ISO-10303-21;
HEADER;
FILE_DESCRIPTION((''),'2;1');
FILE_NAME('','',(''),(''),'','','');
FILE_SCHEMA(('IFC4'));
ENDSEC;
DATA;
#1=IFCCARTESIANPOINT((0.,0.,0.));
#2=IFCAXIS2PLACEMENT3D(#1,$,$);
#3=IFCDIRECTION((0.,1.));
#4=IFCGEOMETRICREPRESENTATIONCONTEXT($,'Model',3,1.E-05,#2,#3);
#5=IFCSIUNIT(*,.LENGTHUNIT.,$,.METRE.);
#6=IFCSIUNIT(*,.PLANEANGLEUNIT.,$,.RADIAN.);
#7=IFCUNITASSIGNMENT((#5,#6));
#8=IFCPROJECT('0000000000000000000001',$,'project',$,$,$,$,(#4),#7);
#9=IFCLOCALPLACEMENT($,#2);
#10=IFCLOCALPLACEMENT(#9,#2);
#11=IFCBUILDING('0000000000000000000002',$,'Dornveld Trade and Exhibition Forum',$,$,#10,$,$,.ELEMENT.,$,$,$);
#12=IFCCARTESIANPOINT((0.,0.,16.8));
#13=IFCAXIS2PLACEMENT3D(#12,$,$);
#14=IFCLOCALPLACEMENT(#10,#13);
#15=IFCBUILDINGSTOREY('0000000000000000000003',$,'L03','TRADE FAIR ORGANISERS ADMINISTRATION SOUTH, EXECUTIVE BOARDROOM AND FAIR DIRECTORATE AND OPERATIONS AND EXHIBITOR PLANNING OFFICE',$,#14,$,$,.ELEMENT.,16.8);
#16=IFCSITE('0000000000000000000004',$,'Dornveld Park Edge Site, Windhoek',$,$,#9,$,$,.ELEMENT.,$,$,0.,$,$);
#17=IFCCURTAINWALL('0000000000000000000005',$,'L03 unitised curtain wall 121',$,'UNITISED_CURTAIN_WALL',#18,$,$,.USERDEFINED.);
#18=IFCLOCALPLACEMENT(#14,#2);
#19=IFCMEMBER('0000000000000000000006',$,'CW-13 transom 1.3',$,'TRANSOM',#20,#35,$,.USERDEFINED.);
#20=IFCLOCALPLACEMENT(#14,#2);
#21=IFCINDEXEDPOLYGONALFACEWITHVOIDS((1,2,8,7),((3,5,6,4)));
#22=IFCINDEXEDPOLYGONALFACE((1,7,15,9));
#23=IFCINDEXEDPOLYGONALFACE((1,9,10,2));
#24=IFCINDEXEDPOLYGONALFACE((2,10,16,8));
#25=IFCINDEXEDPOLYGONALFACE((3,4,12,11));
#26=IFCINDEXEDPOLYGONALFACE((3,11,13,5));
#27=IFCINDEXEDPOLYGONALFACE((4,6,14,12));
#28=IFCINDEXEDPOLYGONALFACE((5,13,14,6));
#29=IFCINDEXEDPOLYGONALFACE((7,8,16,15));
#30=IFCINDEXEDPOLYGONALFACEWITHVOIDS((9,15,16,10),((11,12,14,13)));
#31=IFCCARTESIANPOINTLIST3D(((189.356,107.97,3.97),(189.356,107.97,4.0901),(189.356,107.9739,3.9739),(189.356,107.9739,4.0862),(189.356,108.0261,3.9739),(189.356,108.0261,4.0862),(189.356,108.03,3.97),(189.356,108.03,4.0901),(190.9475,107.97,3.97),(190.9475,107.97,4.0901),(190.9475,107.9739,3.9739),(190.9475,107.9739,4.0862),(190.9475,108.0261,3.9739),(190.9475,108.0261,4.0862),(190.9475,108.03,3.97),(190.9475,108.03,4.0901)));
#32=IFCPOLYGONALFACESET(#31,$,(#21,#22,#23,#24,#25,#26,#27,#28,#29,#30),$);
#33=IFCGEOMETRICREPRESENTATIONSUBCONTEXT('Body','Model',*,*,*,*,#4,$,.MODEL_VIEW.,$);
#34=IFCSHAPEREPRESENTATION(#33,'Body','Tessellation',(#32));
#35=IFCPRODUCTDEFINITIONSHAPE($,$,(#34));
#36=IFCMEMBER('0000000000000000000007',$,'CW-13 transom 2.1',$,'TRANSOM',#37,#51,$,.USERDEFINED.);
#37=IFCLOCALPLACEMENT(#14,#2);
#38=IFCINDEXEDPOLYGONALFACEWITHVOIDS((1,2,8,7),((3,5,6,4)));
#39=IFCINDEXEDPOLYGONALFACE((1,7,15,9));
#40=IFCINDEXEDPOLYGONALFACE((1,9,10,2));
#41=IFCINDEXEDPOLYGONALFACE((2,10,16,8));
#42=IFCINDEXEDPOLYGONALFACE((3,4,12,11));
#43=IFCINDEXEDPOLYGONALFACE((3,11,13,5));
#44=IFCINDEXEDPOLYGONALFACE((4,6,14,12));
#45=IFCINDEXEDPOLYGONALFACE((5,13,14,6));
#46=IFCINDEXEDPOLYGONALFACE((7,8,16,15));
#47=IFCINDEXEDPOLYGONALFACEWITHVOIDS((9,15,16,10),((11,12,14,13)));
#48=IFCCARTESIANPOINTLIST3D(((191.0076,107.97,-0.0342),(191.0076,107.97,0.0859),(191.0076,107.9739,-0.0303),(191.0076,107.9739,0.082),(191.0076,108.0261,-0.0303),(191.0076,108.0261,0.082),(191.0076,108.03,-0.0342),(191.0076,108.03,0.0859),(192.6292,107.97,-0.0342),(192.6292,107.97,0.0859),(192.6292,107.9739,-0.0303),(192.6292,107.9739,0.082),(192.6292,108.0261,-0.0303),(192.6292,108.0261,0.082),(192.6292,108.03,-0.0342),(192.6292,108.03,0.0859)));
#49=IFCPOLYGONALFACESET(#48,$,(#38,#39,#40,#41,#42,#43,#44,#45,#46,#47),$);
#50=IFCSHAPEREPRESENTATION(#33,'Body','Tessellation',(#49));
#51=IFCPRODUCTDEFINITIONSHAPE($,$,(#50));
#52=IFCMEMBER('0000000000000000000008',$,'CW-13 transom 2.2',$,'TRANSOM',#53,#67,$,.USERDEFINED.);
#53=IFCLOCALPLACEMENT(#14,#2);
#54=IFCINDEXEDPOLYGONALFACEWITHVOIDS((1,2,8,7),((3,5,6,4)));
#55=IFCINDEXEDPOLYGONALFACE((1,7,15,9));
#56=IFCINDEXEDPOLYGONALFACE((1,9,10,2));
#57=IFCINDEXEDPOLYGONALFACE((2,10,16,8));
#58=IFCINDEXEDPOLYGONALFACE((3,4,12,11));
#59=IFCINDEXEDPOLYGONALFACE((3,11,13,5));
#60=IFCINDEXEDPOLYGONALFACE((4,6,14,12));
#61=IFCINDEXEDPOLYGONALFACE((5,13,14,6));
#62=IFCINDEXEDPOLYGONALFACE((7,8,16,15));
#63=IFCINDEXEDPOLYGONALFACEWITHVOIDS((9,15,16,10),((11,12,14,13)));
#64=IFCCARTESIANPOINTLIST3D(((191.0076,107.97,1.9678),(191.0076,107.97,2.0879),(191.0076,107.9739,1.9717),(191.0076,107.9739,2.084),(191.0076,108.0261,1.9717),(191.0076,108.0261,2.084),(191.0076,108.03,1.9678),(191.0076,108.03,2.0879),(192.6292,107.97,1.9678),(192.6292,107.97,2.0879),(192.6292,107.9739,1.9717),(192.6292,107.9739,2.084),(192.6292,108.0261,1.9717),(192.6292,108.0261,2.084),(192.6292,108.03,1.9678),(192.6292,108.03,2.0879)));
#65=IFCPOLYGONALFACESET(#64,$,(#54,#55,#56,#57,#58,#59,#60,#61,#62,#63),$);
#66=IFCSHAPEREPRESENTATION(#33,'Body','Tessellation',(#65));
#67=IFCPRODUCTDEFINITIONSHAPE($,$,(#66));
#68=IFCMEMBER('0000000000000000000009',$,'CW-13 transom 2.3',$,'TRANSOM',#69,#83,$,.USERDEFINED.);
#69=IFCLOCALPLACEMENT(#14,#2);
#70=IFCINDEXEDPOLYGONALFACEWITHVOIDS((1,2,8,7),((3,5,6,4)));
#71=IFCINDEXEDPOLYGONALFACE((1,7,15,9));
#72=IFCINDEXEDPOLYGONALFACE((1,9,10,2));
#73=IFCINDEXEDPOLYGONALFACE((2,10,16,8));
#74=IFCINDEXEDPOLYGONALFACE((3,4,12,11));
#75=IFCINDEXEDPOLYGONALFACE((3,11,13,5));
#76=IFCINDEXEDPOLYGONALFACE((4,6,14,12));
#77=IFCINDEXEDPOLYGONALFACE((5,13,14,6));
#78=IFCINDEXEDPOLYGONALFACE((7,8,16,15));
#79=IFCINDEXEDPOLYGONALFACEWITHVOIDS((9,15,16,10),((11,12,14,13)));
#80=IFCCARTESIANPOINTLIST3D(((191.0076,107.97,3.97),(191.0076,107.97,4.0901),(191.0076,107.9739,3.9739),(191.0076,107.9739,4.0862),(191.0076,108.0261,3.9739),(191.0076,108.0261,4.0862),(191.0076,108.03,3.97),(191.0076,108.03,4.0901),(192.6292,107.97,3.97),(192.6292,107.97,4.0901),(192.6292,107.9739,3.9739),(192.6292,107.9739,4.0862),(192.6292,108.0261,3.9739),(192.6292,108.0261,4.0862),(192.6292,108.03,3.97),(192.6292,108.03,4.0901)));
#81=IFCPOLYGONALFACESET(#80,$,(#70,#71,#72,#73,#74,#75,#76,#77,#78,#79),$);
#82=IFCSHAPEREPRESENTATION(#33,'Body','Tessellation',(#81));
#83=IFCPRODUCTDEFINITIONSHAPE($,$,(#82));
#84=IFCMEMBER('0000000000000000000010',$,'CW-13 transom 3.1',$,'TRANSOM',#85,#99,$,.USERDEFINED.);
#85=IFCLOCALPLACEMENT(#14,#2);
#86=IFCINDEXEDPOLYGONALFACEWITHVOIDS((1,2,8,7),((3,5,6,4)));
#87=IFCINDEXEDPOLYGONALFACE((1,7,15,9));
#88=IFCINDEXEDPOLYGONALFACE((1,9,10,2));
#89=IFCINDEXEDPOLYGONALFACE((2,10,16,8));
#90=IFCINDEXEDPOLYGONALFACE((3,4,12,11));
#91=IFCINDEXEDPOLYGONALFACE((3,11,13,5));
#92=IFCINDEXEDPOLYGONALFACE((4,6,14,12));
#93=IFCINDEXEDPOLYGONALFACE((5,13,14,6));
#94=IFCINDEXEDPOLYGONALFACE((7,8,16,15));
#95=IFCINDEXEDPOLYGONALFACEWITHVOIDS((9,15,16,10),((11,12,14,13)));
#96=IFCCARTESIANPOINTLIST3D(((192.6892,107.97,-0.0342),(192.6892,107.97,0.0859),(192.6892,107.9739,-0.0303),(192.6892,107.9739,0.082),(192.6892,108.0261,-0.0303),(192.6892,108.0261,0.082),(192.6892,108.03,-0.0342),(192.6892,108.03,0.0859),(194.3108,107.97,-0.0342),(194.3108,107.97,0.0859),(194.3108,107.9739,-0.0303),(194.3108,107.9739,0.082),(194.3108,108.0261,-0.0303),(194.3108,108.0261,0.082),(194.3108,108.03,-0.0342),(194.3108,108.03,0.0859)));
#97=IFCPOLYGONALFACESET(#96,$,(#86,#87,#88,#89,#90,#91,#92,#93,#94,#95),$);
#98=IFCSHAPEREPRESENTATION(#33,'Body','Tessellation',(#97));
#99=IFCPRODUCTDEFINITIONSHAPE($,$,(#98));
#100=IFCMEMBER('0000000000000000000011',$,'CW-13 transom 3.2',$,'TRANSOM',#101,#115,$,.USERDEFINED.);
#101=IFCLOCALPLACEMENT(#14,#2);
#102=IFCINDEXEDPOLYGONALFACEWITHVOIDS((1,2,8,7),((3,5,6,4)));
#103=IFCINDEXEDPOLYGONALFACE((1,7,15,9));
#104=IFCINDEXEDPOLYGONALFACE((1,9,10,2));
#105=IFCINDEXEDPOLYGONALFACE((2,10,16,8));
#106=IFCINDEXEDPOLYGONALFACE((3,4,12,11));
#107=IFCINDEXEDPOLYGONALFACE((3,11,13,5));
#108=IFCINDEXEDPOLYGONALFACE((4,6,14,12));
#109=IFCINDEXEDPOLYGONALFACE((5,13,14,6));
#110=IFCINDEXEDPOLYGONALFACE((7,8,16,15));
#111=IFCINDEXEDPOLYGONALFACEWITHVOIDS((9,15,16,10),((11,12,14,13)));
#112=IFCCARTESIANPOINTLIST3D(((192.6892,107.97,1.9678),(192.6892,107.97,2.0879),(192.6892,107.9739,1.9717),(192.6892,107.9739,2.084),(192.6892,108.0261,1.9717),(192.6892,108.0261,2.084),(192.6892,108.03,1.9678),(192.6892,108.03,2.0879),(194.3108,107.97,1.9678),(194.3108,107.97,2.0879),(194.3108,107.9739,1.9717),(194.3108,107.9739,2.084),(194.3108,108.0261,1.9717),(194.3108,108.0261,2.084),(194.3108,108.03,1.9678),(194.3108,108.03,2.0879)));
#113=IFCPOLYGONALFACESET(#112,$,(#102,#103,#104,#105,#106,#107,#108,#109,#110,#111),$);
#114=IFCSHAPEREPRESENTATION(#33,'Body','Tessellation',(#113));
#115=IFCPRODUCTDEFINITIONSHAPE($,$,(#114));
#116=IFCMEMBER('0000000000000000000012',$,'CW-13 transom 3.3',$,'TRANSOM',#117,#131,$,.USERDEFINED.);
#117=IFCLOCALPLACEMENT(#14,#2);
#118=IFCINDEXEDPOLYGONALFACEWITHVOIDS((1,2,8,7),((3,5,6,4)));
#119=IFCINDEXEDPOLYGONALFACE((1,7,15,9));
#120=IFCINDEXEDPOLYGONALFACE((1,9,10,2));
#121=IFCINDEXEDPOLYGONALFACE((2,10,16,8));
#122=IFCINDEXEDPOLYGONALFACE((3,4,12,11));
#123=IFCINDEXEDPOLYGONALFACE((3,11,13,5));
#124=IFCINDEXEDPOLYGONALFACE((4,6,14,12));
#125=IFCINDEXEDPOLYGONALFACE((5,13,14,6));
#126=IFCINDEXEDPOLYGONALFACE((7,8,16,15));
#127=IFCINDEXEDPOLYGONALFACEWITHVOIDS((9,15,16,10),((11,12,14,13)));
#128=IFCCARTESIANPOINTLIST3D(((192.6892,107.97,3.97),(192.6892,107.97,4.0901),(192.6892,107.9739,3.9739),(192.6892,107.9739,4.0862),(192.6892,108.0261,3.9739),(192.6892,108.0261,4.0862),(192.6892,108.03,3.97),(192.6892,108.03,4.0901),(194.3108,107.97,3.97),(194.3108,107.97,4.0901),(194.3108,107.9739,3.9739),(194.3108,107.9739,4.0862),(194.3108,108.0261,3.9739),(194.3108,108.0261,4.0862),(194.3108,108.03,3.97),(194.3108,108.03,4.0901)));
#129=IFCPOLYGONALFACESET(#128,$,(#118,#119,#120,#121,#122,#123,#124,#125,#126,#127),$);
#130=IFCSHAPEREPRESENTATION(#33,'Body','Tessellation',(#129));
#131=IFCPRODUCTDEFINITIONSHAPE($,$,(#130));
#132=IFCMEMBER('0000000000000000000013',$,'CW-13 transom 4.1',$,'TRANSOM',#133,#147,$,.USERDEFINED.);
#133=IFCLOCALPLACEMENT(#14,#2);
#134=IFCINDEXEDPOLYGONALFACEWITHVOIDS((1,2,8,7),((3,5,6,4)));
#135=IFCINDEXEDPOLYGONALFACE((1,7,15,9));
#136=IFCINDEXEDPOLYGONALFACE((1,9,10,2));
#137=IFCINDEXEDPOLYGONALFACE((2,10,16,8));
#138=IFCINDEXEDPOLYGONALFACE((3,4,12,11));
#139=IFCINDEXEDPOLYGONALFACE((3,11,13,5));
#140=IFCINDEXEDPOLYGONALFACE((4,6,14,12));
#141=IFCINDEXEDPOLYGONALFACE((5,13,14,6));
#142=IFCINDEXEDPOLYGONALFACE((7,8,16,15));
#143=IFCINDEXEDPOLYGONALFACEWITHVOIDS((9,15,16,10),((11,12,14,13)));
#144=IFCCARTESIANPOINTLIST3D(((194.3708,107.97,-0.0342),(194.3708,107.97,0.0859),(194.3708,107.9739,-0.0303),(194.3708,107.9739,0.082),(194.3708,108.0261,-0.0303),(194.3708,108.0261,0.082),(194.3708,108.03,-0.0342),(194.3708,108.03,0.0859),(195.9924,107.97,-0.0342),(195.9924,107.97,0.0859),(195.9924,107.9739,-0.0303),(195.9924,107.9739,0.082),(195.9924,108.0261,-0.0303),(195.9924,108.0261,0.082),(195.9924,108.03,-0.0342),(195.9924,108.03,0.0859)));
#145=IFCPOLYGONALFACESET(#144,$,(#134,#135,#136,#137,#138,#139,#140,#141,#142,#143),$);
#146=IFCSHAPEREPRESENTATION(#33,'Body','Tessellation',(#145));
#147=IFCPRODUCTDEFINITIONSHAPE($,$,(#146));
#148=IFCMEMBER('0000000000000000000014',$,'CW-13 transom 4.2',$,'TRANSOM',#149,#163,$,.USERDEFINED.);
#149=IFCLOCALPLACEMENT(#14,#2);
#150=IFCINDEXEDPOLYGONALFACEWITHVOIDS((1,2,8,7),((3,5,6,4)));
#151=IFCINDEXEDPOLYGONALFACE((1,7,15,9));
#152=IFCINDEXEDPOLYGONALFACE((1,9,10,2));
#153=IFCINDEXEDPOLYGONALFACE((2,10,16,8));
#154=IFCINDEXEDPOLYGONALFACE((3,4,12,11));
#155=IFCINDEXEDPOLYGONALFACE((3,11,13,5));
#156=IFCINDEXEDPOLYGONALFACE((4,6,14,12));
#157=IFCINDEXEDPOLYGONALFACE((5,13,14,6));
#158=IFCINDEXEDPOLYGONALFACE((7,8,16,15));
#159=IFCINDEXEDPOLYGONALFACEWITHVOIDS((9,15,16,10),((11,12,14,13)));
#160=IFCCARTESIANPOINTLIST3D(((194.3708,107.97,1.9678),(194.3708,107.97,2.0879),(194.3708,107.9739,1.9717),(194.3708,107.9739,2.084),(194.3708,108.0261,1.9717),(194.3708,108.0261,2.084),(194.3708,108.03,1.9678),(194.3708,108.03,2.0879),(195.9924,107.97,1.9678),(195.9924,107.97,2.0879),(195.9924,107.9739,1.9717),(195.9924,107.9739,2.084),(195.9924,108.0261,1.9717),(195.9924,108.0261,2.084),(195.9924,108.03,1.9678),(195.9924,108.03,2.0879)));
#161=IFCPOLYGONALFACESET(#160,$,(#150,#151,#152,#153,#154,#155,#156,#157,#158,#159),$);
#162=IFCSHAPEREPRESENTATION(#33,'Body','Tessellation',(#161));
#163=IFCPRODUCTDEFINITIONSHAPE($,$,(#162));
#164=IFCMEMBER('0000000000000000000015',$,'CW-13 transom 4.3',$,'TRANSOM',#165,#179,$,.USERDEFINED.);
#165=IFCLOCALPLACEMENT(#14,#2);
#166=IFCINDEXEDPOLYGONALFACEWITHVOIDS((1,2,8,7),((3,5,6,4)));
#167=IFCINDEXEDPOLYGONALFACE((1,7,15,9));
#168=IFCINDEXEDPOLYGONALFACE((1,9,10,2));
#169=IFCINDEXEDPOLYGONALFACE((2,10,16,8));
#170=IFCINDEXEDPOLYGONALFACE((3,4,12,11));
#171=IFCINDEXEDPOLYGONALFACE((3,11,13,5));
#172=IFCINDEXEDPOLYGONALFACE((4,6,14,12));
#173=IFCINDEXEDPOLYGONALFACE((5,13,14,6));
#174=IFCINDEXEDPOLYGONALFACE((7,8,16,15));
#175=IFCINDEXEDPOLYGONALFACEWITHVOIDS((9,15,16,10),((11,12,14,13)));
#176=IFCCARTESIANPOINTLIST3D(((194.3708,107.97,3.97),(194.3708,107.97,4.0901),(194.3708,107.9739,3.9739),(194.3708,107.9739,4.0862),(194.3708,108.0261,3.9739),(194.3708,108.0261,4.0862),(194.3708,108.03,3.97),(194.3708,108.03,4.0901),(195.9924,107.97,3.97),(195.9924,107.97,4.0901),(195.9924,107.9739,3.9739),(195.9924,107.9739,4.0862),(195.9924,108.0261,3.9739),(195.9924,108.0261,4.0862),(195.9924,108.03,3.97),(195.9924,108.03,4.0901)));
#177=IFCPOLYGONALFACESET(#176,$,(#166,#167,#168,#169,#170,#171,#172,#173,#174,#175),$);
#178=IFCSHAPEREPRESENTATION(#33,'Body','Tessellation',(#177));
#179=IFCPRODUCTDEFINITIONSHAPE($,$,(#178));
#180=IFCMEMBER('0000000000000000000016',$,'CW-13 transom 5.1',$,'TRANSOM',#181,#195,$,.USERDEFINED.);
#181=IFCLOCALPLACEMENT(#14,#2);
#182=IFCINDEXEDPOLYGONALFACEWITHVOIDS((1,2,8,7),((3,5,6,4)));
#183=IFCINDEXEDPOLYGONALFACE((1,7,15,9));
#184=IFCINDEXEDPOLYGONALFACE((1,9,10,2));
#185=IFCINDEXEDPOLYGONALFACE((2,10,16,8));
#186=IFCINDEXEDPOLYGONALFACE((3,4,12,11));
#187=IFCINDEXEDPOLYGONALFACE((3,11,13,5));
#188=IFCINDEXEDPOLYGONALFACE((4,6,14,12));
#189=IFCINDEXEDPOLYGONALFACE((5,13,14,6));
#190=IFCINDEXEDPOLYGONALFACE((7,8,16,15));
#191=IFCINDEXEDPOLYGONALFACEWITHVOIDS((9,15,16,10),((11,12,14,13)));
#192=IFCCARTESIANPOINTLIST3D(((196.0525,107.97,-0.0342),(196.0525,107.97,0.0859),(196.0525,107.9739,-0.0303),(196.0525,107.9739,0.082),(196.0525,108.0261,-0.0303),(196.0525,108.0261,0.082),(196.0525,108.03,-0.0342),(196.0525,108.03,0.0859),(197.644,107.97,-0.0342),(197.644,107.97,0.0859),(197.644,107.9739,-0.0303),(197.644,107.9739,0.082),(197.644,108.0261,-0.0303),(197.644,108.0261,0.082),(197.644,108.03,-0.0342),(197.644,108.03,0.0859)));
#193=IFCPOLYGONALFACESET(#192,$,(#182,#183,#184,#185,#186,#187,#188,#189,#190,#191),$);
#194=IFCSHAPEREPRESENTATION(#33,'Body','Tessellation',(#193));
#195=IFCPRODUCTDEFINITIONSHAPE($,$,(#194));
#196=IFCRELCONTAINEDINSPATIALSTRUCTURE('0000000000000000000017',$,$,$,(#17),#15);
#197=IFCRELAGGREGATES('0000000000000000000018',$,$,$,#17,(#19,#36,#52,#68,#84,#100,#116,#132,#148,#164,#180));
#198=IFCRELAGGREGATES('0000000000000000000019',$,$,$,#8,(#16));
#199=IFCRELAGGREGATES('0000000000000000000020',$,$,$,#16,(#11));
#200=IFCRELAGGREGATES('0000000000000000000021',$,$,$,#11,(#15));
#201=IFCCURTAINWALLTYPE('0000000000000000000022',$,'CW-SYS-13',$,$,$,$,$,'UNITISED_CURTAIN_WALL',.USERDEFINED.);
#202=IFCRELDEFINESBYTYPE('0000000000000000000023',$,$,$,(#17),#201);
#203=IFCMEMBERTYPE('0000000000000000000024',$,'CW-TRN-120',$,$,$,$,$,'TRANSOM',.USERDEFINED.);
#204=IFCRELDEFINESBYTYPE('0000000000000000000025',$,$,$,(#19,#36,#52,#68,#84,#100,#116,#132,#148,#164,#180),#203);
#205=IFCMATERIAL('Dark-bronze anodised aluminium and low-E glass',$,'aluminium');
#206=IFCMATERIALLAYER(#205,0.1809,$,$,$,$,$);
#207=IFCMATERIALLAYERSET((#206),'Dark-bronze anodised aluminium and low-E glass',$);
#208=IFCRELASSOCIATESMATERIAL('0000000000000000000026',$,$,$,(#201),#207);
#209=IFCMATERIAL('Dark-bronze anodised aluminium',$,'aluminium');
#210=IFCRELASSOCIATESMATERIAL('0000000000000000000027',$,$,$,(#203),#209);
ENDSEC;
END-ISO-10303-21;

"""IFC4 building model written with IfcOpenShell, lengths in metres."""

from ifc_helpers import new_model, si_unit, direction, frame, origin, origin_2d, place, context, subcontext, project, spatial, hollow_rectangle, extrude, material, layer, layer_set, material_profile, profile_set, type_object, element, aggregate, save


model = new_model("IFC4")

# Units and contexts
model_context = context("Model", 3, precision=1e-05, world=origin(), true_north=direction((0.0, 1.0)))
body_context = subcontext(model_context, "Body", "Model", "MODEL_VIEW")
ifc_project = project(units=[si_unit("LENGTHUNIT", "METRE"), si_unit("PLANEANGLEUNIT", "RADIAN")], contexts=[model_context])

# Site, building, storey
site_placement = place(None, origin())
site = spatial("IfcSite", under=ifc_project, at=site_placement, Name="Dornveld Park Edge Site, Windhoek", CompositionType="ELEMENT", RefElevation=0.0)
building_placement = place(site_placement, origin())
building = spatial("IfcBuilding", under=site, at=building_placement, Name="Dornveld Trade and Exhibition Forum", CompositionType="ELEMENT")
storey_placement = place(building_placement, frame((0.0, 0.0, 16.8)))
storey = spatial("IfcBuildingStorey", under=building, at=storey_placement, Name="L03", Description="TRADE FAIR ORGANISERS ADMINISTRATION SOUTH, EXECUTIVE BOARDROOM AND FAIR DIRECTORATE AND OPERATIONS AND EXHIBITOR PLANNING OFFICE", CompositionType="ELEMENT", Elevation=16.8)

# Curtain wall, members
ifc_material_1 = material(Name="Dark-bronze anodised aluminium and low-E glass", Category="aluminium")
ifc_layer_1 = layer(ifc_material_1, 0.1809)
ifc_layer_set_1 = layer_set([ifc_layer_1], Name="Dark-bronze anodised aluminium and low-E glass")
curtain_wall_type = type_object("IfcCurtainWallType", Name="CW-SYS-13", ElementType="UNITISED_CURTAIN_WALL", PredefinedType="USERDEFINED", material=ifc_layer_set_1)
curtain_wall_placement = place(storey_placement, origin())
curtain_wall = element("IfcCurtainWall", 1, at=curtain_wall_placement, inside=storey, type_object=curtain_wall_type, Name="L03 unitised curtain wall 121", ObjectType="UNITISED_CURTAIN_WALL", PredefinedType="USERDEFINED")
ifc_material_2 = material(Name="Dark-bronze anodised aluminium", Category="aluminium")
ifc_material_profile_1 = material_profile(ifc_material_2, hollow_rectangle(XDim=0.0601, YDim=0.1201, WallThickness=0.0039, at=origin_2d()), Name="RHS 120x60x4")
ifc_profile_set_1 = profile_set([ifc_material_profile_1], Name="Dark-bronze anodised aluminium")
member_type_1 = type_object("IfcMemberType", Name="CW-TRN-120", ElementType="TRANSOM", PredefinedType="USERDEFINED", material=ifc_profile_set_1)
member_1_placement = place(storey_placement, frame((189.356, 108.0, 4.03), z_axis=(1.0, 0.0, 0.0), x_axis=(0.0, 1.0, 0.0)))
member_1 = element("IfcMember", 2, at=member_1_placement, type_object=member_type_1, Name="CW-13 transom 1.3", ObjectType="TRANSOM", PredefinedType="USERDEFINED", context=body_context, shape_type="SweptSolid", body=[
    extrude(hollow_rectangle(XDim=0.0601, YDim=0.1201, WallThickness=0.0039, at=origin_2d()), origin(), (0.0, 0.0, 1.0), 1.5916),
])
member_2_placement = place(storey_placement, frame((191.0076, 108.0, 0.0259), z_axis=(1.0, 0.0, 0.0), x_axis=(0.0, 1.0, 0.0)))
member_2 = element("IfcMember", 3, at=member_2_placement, type_object=member_type_1, Name="CW-13 transom 2.1", ObjectType="TRANSOM", PredefinedType="USERDEFINED", context=body_context, shape_type="SweptSolid", body=[
    extrude(hollow_rectangle(XDim=0.0601, YDim=0.1201, WallThickness=0.0039, at=origin_2d()), origin(), (0.0, 0.0, 1.0), 1.6216),
])
member_3_placement = place(storey_placement, frame((191.0076, 108.0, 2.0278), z_axis=(1.0, 0.0, 0.0), x_axis=(0.0, 1.0, 0.0)))
member_3 = element("IfcMember", 4, at=member_3_placement, type_object=member_type_1, Name="CW-13 transom 2.2", ObjectType="TRANSOM", PredefinedType="USERDEFINED", context=body_context, shape_type="SweptSolid", body=[
    extrude(hollow_rectangle(XDim=0.0601, YDim=0.1201, WallThickness=0.0039, at=origin_2d()), origin(), (0.0, 0.0, 1.0), 1.6216),
])
member_4_placement = place(storey_placement, frame((191.0076, 108.0, 4.03), z_axis=(1.0, 0.0, 0.0), x_axis=(0.0, 1.0, 0.0)))
member_4 = element("IfcMember", 5, at=member_4_placement, type_object=member_type_1, Name="CW-13 transom 2.3", ObjectType="TRANSOM", PredefinedType="USERDEFINED", context=body_context, shape_type="SweptSolid", body=[
    extrude(hollow_rectangle(XDim=0.0601, YDim=0.1201, WallThickness=0.0039, at=origin_2d()), origin(), (0.0, 0.0, 1.0), 1.6216),
])
member_5_placement = place(storey_placement, frame((192.6892, 108.0, 0.0259), z_axis=(1.0, 0.0, 0.0), x_axis=(0.0, 1.0, 0.0)))
member_5 = element("IfcMember", 6, at=member_5_placement, type_object=member_type_1, Name="CW-13 transom 3.1", ObjectType="TRANSOM", PredefinedType="USERDEFINED", context=body_context, shape_type="SweptSolid", body=[
    extrude(hollow_rectangle(XDim=0.0601, YDim=0.1201, WallThickness=0.0039, at=origin_2d()), origin(), (0.0, 0.0, 1.0), 1.6216),
])
member_6_placement = place(storey_placement, frame((192.6892, 108.0, 2.0278), z_axis=(1.0, 0.0, 0.0), x_axis=(0.0, 1.0, 0.0)))
member_6 = element("IfcMember", 7, at=member_6_placement, type_object=member_type_1, Name="CW-13 transom 3.2", ObjectType="TRANSOM", PredefinedType="USERDEFINED", context=body_context, shape_type="SweptSolid", body=[
    extrude(hollow_rectangle(XDim=0.0601, YDim=0.1201, WallThickness=0.0039, at=origin_2d()), origin(), (0.0, 0.0, 1.0), 1.6216),
])
member_7_placement = place(storey_placement, frame((192.6892, 108.0, 4.03), z_axis=(1.0, 0.0, 0.0), x_axis=(0.0, 1.0, 0.0)))
member_7 = element("IfcMember", 8, at=member_7_placement, type_object=member_type_1, Name="CW-13 transom 3.3", ObjectType="TRANSOM", PredefinedType="USERDEFINED", context=body_context, shape_type="SweptSolid", body=[
    extrude(hollow_rectangle(XDim=0.0601, YDim=0.1201, WallThickness=0.0039, at=origin_2d()), origin(), (0.0, 0.0, 1.0), 1.6216),
])
member_8_placement = place(storey_placement, frame((194.3708, 108.0, 0.0259), z_axis=(1.0, 0.0, 0.0), x_axis=(0.0, 1.0, 0.0)))
member_8 = element("IfcMember", 9, at=member_8_placement, type_object=member_type_1, Name="CW-13 transom 4.1", ObjectType="TRANSOM", PredefinedType="USERDEFINED", context=body_context, shape_type="SweptSolid", body=[
    extrude(hollow_rectangle(XDim=0.0601, YDim=0.1201, WallThickness=0.0039, at=origin_2d()), origin(), (0.0, 0.0, 1.0), 1.6216),
])
member_9_placement = place(storey_placement, frame((194.3708, 108.0, 2.0278), z_axis=(1.0, 0.0, 0.0), x_axis=(0.0, 1.0, 0.0)))
member_9 = element("IfcMember", 10, at=member_9_placement, type_object=member_type_1, Name="CW-13 transom 4.2", ObjectType="TRANSOM", PredefinedType="USERDEFINED", context=body_context, shape_type="SweptSolid", body=[
    extrude(hollow_rectangle(XDim=0.0601, YDim=0.1201, WallThickness=0.0039, at=origin_2d()), origin(), (0.0, 0.0, 1.0), 1.6216),
])
member_10_placement = place(storey_placement, frame((194.3708, 108.0, 4.03), z_axis=(1.0, 0.0, 0.0), x_axis=(0.0, 1.0, 0.0)))
member_10 = element("IfcMember", 11, at=member_10_placement, type_object=member_type_1, Name="CW-13 transom 4.3", ObjectType="TRANSOM", PredefinedType="USERDEFINED", context=body_context, shape_type="SweptSolid", body=[
    extrude(hollow_rectangle(XDim=0.0601, YDim=0.1201, WallThickness=0.0039, at=origin_2d()), origin(), (0.0, 0.0, 1.0), 1.6216),
])
member_11_placement = place(storey_placement, frame((196.0525, 108.0, 0.0259), z_axis=(1.0, 0.0, 0.0), x_axis=(0.0, 1.0, 0.0)))
member_11 = element("IfcMember", 12, at=member_11_placement, type_object=member_type_1, Name="CW-13 transom 5.1", ObjectType="TRANSOM", PredefinedType="USERDEFINED", context=body_context, shape_type="SweptSolid", body=[
    extrude(hollow_rectangle(XDim=0.0601, YDim=0.1201, WallThickness=0.0039, at=origin_2d()), origin(), (0.0, 0.0, 1.0), 1.5916),
])
aggregate(curtain_wall, [member_1, member_2, member_3, member_4, member_5, member_6, member_7, member_8, member_9, member_10, member_11])

save(model, "model.ifc")
